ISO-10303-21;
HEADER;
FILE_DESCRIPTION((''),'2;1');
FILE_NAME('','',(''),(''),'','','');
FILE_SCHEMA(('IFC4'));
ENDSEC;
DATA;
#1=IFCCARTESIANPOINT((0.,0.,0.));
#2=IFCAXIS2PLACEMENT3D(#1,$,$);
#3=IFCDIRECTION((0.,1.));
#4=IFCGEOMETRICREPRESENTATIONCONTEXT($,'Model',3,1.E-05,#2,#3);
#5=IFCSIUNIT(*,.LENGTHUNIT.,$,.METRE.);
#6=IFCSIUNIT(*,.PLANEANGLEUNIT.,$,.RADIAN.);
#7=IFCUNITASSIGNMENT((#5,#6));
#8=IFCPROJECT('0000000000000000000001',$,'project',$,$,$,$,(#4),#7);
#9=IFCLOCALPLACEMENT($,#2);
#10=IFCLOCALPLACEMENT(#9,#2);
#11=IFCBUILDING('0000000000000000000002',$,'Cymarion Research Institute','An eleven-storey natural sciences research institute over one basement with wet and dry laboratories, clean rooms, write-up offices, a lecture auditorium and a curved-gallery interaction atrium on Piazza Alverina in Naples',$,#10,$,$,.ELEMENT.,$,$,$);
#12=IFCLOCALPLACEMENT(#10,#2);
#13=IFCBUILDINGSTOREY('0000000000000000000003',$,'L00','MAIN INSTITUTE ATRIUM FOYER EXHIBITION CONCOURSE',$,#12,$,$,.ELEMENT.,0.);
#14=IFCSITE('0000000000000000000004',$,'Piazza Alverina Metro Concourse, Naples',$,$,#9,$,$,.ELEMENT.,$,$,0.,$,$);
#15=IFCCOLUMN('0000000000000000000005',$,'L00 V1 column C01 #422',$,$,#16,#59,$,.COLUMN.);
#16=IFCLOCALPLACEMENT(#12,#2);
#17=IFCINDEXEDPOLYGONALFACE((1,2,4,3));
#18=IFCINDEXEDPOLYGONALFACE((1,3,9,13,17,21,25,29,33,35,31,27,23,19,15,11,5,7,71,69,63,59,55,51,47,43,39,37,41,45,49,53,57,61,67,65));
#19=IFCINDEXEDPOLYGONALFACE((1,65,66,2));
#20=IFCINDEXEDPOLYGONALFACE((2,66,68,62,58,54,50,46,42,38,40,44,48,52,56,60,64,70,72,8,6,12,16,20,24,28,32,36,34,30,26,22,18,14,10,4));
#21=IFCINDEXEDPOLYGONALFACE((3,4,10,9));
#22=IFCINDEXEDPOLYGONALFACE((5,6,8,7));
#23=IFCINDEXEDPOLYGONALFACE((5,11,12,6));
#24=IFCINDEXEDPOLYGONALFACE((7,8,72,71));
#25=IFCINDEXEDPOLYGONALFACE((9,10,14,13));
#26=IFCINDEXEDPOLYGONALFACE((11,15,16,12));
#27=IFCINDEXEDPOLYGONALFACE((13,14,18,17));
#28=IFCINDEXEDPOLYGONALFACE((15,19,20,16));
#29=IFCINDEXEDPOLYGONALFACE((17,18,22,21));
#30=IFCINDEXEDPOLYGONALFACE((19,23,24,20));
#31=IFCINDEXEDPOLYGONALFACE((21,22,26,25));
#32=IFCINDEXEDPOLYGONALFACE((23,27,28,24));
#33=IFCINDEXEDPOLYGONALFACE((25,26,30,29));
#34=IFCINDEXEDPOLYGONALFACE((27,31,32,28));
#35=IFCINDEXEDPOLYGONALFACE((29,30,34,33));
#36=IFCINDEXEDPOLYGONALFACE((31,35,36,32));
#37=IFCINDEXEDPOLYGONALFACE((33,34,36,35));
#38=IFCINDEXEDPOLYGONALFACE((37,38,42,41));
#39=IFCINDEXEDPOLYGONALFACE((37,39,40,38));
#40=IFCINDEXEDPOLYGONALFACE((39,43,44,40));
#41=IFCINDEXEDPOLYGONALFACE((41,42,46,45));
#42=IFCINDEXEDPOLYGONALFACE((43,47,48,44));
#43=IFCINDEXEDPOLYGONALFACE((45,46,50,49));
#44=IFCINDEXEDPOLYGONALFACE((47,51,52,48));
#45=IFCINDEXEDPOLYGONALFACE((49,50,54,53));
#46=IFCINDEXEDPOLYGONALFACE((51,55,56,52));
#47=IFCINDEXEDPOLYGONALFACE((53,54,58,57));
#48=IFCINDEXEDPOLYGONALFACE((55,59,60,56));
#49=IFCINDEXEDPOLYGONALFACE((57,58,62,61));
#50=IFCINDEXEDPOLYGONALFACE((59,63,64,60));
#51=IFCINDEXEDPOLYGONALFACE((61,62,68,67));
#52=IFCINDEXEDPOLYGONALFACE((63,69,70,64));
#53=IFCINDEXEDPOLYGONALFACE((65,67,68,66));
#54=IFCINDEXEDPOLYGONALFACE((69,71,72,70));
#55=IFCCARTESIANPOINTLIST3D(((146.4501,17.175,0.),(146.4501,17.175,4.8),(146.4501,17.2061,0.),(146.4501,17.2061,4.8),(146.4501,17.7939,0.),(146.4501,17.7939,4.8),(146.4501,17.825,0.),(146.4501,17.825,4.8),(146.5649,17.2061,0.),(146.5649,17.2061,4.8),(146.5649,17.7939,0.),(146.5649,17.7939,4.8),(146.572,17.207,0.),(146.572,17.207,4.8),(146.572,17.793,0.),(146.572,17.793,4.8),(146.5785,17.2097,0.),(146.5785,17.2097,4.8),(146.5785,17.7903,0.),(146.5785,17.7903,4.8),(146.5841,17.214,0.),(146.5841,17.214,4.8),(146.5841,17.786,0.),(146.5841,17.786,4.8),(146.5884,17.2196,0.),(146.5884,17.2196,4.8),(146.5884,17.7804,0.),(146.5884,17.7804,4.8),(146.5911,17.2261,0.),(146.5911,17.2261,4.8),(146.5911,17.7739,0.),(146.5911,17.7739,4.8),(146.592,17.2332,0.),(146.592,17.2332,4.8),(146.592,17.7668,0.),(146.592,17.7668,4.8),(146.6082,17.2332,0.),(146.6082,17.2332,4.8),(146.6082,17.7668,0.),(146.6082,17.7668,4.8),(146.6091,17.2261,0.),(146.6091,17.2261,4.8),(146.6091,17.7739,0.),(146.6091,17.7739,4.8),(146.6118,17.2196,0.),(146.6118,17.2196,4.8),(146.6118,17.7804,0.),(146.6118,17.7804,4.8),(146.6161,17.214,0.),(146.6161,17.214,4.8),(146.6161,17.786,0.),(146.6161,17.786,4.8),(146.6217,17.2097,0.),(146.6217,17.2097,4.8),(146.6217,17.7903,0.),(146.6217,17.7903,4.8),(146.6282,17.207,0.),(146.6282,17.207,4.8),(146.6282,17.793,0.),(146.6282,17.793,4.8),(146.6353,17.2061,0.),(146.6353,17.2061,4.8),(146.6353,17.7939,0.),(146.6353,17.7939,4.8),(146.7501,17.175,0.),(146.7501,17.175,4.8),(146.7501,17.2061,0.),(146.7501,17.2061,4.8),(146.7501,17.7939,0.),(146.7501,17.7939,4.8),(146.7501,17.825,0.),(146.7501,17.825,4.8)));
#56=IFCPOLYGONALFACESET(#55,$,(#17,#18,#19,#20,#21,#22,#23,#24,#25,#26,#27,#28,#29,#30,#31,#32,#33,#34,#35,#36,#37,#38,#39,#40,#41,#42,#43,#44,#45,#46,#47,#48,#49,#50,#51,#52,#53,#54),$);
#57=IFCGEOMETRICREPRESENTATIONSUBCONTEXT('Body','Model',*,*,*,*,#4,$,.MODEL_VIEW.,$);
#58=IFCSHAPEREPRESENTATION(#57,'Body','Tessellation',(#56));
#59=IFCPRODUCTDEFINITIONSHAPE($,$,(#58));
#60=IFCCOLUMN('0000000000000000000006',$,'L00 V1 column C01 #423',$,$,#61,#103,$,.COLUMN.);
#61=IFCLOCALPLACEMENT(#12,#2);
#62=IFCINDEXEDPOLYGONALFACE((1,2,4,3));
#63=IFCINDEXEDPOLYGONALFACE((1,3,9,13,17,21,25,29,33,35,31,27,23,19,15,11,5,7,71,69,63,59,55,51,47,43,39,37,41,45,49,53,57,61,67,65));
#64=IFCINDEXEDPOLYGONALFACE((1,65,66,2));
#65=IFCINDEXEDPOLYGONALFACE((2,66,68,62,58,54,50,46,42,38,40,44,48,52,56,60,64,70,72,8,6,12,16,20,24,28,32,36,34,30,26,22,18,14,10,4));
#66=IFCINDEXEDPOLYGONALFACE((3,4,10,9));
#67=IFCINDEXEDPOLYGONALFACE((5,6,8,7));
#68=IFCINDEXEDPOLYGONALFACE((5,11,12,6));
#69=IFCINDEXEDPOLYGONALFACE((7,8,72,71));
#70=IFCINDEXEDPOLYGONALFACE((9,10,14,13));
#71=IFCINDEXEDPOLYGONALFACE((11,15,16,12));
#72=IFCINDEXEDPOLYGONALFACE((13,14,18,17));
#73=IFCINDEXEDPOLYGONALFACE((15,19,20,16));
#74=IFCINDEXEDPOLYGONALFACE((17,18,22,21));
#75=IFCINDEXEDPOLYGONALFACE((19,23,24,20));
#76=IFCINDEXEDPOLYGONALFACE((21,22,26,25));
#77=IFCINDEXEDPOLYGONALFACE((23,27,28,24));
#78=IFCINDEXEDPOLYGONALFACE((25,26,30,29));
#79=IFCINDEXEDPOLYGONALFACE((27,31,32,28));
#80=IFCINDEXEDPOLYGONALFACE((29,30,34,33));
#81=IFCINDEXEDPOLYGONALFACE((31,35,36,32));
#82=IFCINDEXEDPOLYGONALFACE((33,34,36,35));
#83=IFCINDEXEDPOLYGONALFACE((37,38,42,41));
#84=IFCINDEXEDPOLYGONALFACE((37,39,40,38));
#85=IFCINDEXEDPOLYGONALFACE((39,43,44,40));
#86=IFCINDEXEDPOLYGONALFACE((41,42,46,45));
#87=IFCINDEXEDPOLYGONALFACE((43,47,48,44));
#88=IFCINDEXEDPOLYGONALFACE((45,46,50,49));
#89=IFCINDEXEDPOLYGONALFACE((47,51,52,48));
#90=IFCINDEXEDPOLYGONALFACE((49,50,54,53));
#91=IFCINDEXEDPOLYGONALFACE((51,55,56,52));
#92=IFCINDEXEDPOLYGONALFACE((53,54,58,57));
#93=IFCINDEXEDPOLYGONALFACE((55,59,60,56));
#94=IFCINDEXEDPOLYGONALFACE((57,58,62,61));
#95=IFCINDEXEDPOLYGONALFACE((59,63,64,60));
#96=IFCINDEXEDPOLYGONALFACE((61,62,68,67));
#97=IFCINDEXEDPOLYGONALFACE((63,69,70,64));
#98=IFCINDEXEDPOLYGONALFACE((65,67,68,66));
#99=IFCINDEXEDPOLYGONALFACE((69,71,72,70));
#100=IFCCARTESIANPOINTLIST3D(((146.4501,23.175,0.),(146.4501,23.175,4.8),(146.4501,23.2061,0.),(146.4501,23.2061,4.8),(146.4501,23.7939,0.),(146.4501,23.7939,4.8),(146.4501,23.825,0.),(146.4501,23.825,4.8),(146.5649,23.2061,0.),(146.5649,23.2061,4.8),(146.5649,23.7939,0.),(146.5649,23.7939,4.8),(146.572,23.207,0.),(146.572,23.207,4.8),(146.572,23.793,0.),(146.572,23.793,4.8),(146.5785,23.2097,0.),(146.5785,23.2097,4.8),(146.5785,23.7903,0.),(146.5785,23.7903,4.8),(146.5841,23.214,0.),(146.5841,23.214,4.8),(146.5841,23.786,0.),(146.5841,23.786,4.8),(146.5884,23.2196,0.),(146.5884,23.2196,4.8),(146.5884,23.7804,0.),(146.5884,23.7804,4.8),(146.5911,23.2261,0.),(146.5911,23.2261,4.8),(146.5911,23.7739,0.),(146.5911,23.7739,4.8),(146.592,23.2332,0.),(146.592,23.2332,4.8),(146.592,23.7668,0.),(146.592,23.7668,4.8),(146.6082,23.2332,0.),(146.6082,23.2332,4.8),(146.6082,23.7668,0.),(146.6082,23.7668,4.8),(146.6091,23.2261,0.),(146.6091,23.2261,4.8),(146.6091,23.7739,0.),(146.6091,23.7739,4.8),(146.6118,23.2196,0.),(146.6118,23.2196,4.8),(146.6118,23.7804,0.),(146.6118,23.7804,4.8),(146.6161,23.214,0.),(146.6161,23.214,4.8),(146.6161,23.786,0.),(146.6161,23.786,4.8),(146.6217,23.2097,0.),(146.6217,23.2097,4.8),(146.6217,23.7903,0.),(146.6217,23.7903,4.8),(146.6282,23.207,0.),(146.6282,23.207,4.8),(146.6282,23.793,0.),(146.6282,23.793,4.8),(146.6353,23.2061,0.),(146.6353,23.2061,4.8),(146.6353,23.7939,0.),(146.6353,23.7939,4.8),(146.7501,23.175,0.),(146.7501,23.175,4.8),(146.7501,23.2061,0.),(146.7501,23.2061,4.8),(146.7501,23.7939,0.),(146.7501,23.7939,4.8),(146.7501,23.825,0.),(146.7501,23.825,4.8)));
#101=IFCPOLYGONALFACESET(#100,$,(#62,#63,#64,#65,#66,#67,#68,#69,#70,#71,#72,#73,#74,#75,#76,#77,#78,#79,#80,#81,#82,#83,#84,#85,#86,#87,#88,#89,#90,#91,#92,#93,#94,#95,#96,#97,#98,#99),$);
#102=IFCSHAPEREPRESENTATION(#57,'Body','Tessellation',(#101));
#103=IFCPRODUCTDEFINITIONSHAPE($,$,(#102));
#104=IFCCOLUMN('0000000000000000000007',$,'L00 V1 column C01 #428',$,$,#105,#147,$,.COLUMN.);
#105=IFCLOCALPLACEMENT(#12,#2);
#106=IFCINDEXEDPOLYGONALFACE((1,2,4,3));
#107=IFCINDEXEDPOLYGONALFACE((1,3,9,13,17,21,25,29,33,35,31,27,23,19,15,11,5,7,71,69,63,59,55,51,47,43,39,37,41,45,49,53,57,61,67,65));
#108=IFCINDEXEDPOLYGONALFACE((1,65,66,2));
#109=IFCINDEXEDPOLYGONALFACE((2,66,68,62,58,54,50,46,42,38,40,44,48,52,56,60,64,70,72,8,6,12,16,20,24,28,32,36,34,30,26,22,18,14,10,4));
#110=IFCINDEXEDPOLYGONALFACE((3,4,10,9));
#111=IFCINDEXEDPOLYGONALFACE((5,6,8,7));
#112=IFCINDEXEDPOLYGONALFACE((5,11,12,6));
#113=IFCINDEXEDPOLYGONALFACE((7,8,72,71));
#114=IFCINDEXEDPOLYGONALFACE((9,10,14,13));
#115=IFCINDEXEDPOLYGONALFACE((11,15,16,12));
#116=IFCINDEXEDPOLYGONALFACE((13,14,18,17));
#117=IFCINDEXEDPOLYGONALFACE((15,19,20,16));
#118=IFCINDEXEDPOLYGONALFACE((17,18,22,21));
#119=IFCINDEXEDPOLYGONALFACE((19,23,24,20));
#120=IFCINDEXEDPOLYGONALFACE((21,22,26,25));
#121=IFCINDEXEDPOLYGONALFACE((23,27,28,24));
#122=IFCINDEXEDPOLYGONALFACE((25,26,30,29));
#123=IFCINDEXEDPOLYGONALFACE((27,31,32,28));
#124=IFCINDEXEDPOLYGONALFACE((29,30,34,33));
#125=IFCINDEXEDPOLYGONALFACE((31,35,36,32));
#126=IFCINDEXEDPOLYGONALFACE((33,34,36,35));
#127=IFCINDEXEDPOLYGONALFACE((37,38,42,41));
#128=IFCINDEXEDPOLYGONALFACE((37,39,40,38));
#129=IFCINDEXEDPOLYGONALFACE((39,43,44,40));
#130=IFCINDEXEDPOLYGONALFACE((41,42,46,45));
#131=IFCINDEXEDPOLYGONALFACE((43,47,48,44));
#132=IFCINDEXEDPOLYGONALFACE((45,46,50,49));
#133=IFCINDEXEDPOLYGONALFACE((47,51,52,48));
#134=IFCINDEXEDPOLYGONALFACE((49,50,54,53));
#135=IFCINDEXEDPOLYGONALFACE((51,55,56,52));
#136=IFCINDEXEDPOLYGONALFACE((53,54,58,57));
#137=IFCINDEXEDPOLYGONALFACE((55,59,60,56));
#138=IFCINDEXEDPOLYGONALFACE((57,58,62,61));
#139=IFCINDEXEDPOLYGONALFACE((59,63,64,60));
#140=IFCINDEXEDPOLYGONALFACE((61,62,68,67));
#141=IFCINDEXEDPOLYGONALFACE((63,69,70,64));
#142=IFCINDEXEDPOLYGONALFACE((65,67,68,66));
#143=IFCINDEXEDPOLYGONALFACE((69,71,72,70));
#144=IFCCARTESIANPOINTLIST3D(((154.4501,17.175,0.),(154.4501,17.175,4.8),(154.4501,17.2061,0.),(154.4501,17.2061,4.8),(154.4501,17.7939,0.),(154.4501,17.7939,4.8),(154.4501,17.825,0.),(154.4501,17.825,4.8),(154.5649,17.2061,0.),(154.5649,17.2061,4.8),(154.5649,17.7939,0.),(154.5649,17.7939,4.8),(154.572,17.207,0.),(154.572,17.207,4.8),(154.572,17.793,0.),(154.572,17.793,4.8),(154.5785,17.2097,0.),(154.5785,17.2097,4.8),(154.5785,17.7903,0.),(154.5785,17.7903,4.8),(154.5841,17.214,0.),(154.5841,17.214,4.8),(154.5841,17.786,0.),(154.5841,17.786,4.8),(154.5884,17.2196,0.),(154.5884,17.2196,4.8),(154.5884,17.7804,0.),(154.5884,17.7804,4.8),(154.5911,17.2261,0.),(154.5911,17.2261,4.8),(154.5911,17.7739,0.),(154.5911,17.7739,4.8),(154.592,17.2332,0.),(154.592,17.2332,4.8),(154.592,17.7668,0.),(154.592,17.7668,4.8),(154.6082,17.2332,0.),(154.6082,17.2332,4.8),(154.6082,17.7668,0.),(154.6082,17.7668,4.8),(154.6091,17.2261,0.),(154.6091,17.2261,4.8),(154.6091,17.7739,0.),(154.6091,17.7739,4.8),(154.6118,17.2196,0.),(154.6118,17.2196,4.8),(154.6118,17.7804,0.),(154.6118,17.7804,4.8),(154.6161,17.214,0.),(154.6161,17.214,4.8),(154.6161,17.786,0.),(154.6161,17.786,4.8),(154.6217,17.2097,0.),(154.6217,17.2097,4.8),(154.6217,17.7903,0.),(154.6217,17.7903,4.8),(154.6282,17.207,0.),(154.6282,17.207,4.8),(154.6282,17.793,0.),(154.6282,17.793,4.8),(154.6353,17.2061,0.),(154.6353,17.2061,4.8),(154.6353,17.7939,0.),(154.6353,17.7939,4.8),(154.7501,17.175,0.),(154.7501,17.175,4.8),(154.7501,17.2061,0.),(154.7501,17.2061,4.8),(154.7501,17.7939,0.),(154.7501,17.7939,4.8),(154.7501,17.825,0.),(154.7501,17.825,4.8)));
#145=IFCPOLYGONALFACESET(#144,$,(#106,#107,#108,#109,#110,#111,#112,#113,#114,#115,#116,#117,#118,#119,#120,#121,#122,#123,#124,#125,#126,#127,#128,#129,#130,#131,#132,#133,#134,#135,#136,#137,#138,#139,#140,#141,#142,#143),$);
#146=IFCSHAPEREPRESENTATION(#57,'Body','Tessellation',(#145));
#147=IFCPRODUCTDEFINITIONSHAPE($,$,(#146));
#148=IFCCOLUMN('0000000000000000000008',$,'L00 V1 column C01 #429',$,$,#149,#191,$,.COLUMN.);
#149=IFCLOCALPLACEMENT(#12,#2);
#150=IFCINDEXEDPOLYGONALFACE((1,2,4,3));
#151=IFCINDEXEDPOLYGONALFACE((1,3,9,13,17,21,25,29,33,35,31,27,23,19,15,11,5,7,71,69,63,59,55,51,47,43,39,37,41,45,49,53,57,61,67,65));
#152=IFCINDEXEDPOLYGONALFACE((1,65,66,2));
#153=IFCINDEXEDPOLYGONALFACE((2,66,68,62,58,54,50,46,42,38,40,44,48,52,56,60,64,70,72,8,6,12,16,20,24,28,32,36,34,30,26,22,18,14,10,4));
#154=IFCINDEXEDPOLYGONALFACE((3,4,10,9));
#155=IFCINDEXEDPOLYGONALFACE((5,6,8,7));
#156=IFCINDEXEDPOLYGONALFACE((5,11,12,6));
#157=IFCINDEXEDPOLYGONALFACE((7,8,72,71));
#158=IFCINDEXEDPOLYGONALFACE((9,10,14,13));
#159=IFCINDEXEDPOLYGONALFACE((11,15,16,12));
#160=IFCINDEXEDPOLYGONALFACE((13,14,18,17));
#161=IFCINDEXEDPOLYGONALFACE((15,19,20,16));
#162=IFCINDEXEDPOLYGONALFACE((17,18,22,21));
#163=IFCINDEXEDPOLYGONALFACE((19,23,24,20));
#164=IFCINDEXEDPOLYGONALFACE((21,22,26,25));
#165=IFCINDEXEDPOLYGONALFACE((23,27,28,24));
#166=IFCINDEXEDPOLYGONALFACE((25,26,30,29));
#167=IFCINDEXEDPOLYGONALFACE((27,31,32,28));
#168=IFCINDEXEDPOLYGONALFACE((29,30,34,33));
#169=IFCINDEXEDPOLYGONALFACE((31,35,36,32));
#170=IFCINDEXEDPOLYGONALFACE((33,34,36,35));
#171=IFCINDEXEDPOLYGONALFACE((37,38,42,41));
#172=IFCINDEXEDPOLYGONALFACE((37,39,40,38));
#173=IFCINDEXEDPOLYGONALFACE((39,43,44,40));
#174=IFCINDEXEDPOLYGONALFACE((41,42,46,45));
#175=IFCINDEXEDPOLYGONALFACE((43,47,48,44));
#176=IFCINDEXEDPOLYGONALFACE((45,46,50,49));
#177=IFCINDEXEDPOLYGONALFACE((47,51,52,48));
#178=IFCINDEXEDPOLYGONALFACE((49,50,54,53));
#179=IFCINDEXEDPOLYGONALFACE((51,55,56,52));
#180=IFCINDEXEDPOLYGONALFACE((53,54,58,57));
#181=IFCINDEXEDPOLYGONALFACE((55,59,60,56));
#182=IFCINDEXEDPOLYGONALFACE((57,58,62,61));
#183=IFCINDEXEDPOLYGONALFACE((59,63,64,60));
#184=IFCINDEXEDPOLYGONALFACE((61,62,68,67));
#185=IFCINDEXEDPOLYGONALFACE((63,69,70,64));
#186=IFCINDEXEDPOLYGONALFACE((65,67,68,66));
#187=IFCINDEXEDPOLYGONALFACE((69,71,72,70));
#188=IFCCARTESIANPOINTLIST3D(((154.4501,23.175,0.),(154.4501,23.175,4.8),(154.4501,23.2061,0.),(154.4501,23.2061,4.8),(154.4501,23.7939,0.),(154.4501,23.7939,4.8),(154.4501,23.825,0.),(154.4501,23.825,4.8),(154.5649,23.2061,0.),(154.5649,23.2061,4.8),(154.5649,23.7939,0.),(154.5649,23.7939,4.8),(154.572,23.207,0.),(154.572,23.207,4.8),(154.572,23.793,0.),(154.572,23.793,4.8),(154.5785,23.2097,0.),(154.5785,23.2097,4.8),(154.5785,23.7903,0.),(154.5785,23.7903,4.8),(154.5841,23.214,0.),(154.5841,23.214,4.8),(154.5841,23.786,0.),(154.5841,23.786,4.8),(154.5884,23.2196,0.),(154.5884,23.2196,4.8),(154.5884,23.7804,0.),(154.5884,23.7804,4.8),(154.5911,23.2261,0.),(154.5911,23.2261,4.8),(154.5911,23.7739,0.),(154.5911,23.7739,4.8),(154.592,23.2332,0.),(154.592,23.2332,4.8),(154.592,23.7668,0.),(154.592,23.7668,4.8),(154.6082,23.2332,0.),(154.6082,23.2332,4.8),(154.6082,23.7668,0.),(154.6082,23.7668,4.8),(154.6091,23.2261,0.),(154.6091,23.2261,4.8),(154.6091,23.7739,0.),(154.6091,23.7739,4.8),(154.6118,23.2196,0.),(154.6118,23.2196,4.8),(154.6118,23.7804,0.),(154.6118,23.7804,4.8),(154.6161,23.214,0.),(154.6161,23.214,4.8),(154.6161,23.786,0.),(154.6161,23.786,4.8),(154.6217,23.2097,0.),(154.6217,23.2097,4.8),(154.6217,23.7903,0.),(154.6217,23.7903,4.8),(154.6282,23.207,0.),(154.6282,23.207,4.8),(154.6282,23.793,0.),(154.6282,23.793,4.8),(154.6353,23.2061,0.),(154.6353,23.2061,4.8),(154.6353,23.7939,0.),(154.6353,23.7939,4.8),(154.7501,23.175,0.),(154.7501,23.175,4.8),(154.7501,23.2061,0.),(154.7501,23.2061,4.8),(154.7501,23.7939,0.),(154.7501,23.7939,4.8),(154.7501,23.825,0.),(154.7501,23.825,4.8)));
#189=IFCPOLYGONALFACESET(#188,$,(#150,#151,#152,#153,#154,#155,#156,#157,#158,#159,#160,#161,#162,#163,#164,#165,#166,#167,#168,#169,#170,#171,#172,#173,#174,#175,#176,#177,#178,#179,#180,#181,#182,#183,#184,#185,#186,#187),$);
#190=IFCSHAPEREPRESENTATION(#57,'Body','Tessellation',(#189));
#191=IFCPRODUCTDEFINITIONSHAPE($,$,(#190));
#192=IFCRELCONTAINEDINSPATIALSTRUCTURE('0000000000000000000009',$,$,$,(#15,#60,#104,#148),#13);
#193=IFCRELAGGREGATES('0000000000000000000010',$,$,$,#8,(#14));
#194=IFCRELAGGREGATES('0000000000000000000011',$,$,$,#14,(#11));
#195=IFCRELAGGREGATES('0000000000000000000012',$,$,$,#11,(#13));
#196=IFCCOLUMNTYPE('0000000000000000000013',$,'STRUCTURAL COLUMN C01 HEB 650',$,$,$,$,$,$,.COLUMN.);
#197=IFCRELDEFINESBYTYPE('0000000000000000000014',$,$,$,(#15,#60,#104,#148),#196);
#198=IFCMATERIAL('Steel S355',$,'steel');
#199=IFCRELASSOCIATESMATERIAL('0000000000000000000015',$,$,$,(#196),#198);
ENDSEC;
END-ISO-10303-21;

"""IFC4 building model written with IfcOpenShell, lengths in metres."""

from ifc_helpers import new_model, si_unit, direction, frame, origin, origin_2d, place, context, subcontext, project, spatial, i_section, extrude, material, material_profile, profile_set, type_object, element, save


model = new_model("IFC4")

# Units and contexts
model_context = context("Model", 3, precision=1e-05, world=origin(), true_north=direction((0.0, 1.0)))
body_context = subcontext(model_context, "Body", "Model", "MODEL_VIEW")
ifc_project = project(units=[si_unit("LENGTHUNIT", "METRE"), si_unit("PLANEANGLEUNIT", "RADIAN")], contexts=[model_context])

# Site, building, storey
site_placement = place(None, origin())
site = spatial("IfcSite", under=ifc_project, at=site_placement, Name="Piazza Alverina Metro Concourse, Naples", CompositionType="ELEMENT", RefElevation=0.0)
building_placement = place(site_placement, origin())
building = spatial("IfcBuilding", under=site, at=building_placement, Name="Cymarion Research Institute", Description="An eleven-storey natural sciences research institute over one basement with wet and dry laboratories, clean rooms, write-up offices, a lecture auditorium and a curved-gallery interaction atrium on Piazza Alverina in Naples", CompositionType="ELEMENT")
storey_placement = place(building_placement, origin())
storey = spatial("IfcBuildingStorey", under=building, at=storey_placement, Name="L00", Description="MAIN INSTITUTE ATRIUM FOYER EXHIBITION CONCOURSE", CompositionType="ELEMENT", Elevation=0.0)

# Columns
ifc_material_1 = material(Name="Steel S355", Category="steel")
ifc_material_profile_1 = material_profile(ifc_material_1, i_section(OverallWidth=0.3, OverallDepth=0.6499, WebThickness=0.0161, FlangeThickness=0.031, FilletRadius=0.0271, at=origin_2d()), Name="HEB 650")
ifc_profile_set_1 = profile_set([ifc_material_profile_1], Name="Steel S355")
column_type_1 = type_object("IfcColumnType", Name="STRUCTURAL COLUMN C01 HEB 650", PredefinedType="COLUMN", material=ifc_profile_set_1)
for number, where, z_axis, x_axis, name in (
    (1, (146.6001, 17.5, 0.0), (0.0, 0.0, 1.0), (1.0, 0.0, 0.0), "L00 V1 column C01 #422"),
    (2, (146.6001, 23.5, 0.0), (0.0, 0.0, 1.0), (1.0, 0.0, 0.0), "L00 V1 column C01 #423"),
    (3, (154.6001, 17.5, 0.0), (0.0, 0.0, 1.0), (1.0, 0.0, 0.0), "L00 V1 column C01 #428"),
    (4, (154.6001, 23.5, 0.0), (0.0, 0.0, 1.0), (1.0, 0.0, 0.0), "L00 V1 column C01 #429"),
):
    element("IfcColumn", number, at=place(storey_placement, frame(where, z_axis=z_axis, x_axis=x_axis)), inside=storey, type_object=column_type_1, Name=name, PredefinedType="COLUMN", context=body_context, shape_type="SweptSolid", body=[
        extrude(i_section(OverallWidth=0.3, OverallDepth=0.6499, WebThickness=0.0161, FlangeThickness=0.031, FilletRadius=0.0271, at=origin_2d()), origin(), (0.0, 0.0, 1.0), 4.8),
    ])

save(model, "model.ifc")
